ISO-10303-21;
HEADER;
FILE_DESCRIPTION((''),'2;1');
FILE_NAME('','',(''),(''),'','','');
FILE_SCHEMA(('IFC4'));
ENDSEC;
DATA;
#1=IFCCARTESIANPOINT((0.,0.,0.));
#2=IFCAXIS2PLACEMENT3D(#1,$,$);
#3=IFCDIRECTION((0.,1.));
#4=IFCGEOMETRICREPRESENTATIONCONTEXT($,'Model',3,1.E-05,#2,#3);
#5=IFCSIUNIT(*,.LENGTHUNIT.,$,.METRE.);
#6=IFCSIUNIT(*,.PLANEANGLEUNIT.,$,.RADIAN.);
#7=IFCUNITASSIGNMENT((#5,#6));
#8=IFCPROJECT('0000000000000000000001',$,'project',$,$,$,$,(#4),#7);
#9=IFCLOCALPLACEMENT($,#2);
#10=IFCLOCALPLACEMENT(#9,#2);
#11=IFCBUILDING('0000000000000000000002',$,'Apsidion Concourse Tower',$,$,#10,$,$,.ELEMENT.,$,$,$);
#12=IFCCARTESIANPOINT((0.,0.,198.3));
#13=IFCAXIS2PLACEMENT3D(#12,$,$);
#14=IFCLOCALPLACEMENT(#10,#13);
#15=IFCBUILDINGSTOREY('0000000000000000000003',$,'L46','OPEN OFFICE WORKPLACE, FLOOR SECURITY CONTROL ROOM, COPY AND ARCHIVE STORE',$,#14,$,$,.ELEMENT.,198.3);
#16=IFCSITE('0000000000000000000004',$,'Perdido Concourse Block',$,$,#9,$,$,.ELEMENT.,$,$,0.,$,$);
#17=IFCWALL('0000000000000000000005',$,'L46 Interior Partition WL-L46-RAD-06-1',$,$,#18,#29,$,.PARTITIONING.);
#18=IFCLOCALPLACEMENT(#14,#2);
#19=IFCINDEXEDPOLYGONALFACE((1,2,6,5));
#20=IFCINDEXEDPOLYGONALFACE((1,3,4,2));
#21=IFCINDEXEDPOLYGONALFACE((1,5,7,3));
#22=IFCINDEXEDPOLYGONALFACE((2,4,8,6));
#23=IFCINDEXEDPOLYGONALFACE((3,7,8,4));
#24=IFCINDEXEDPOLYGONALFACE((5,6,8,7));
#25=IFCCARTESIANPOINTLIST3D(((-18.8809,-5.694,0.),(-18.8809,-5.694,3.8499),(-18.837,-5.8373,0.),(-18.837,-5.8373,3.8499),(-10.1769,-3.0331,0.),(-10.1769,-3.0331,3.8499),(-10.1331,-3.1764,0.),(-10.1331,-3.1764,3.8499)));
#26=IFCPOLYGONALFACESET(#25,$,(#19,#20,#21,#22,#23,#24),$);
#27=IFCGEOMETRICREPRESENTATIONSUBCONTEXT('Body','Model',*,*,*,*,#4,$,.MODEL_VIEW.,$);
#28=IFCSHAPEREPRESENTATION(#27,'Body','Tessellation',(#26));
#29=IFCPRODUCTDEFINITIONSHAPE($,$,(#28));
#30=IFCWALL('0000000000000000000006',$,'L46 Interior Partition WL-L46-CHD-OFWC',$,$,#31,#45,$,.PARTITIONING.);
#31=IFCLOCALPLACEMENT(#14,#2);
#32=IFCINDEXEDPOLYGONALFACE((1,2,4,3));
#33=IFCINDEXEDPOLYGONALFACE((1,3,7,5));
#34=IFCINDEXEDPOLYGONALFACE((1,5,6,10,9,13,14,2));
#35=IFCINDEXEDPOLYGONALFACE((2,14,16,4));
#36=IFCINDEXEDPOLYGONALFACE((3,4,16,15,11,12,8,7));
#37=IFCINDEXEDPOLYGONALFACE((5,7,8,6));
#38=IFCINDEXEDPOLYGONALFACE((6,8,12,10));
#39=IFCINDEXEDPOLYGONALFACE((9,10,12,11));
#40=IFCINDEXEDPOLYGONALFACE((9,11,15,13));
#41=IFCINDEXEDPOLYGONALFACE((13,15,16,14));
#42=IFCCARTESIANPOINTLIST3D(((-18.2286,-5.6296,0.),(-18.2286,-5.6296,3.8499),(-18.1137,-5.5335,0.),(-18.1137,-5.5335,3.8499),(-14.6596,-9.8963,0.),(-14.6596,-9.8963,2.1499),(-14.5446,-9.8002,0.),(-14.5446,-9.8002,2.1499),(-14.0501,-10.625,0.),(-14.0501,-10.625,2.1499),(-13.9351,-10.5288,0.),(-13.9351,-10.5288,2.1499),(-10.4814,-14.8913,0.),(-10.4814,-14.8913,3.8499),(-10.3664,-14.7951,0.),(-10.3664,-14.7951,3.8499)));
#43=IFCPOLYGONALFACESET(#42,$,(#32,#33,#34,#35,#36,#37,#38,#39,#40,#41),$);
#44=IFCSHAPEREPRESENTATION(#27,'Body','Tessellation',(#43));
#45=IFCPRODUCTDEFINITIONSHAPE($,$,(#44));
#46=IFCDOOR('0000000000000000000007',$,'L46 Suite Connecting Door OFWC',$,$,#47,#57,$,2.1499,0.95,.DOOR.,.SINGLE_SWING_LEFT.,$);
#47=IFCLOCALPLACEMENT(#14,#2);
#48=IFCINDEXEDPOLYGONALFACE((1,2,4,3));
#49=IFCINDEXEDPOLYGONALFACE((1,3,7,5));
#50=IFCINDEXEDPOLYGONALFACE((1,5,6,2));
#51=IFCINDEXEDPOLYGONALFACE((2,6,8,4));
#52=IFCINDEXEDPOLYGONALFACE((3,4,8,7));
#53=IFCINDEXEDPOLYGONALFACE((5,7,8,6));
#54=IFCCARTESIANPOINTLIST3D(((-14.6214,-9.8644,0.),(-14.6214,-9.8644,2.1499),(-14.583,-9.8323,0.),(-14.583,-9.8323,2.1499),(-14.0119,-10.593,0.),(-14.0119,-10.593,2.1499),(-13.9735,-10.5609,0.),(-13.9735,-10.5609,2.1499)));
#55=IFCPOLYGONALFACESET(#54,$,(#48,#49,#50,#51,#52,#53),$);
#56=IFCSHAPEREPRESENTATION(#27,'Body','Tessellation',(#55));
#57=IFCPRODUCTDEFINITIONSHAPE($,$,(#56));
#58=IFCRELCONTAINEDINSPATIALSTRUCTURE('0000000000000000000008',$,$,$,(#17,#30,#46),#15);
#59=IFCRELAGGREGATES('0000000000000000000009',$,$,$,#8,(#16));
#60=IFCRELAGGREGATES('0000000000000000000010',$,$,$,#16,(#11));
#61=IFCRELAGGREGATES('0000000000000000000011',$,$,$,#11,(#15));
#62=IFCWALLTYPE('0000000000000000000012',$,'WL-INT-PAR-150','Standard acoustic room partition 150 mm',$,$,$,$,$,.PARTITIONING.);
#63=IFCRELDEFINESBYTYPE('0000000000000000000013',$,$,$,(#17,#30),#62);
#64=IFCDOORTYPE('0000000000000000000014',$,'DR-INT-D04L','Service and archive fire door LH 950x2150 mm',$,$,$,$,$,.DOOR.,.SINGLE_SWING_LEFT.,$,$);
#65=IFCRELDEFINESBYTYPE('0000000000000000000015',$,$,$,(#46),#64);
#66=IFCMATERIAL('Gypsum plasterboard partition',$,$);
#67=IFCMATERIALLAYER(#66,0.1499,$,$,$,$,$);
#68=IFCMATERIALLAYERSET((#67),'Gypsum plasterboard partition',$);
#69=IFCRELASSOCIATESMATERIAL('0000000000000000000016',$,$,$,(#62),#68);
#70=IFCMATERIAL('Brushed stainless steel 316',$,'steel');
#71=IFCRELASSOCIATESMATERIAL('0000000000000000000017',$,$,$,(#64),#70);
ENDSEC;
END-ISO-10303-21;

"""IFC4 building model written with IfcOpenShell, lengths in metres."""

from ifc_helpers import new_model, si_unit, direction, frame, frame_2d, origin, place, context, subcontext, project, spatial, rectangle, extrude, material, layer, layer_set, type_object, element, fill, save


model = new_model("IFC4")

# Units and contexts
model_context = context("Model", 3, precision=1e-05, world=origin(), true_north=direction((0.0, 1.0)))
body_context = subcontext(model_context, "Body", "Model", "MODEL_VIEW")
ifc_project = project(units=[si_unit("LENGTHUNIT", "METRE"), si_unit("PLANEANGLEUNIT", "RADIAN")], contexts=[model_context])

# Site, building, storey
site_placement = place(None, origin())
site = spatial("IfcSite", under=ifc_project, at=site_placement, Name="Perdido Concourse Block", CompositionType="ELEMENT", RefElevation=0.0)
building_placement = place(site_placement, origin())
building = spatial("IfcBuilding", under=site, at=building_placement, Name="Apsidion Concourse Tower", CompositionType="ELEMENT")
storey_placement = place(building_placement, frame((0.0, 0.0, 198.3)))
storey = spatial("IfcBuildingStorey", under=building, at=storey_placement, Name="L46", Description="OPEN OFFICE WORKPLACE, FLOOR SECURITY CONTROL ROOM, COPY AND ARCHIVE STORE", CompositionType="ELEMENT", Elevation=198.3)

# Shared definitions
ifc_material_1 = material(Name="Gypsum plasterboard partition")
ifc_layer = layer(ifc_material_1, 0.1499)
ifc_layer_set = layer_set([ifc_layer], Name="Gypsum plasterboard partition")
wall_type = type_object("IfcWallType", Name="WL-INT-PAR-150", Description="Standard acoustic room partition 150 mm", PredefinedType="PARTITIONING", material=ifc_layer_set)

# Shared definitions
ifc_material_2 = material(Name="Brushed stainless steel 316", Category="steel")

# Wall
wall_1_placement = place(storey_placement, frame((-10.155, -3.1047, 0.0), z_axis=(0.0, 0.0, 1.0), x_axis=(-0.956309, -0.292357, 0.0)))
element("IfcWall", 1, at=wall_1_placement, inside=storey, type_object=wall_type, Name="L46 Interior Partition WL-L46-RAD-06-1", PredefinedType="PARTITIONING", context=body_context, shape_type="SweptSolid", body=[
    extrude(rectangle(XDim=9.1016, YDim=0.1499, at=frame_2d((4.5508, 0.0))), origin(), (0.0, 0.0, 1.0), 3.8499),
])

# Wall, opening, door
wall_2_placement = place(storey_placement, frame((-18.1711, -5.5815, 0.0), z_axis=(0.0, 0.0, 1.0), x_axis=(0.641611, -0.76703, 0.0)))
wall_2 = element("IfcWall", 2, at=wall_2_placement, inside=storey, type_object=wall_type, Name="L46 Interior Partition WL-L46-CHD-OFWC", PredefinedType="PARTITIONING", context=body_context, shape_type="SweptSolid", body=[
    extrude(rectangle(XDim=12.0747, YDim=0.1499, at=frame_2d((6.0374, 0.0))), origin(), (0.0, 0.0, 1.0), 3.8499),
])
opening_1_placement = place(wall_2_placement, frame((5.5625, 0.0, 0.0)))
opening_1 = element("IfcOpeningElement", 3, at=opening_1_placement, cuts=wall_2, PredefinedType="OPENING", context=body_context, shape_type="SweptSolid", body=[
    extrude(rectangle(XDim=0.95, YDim=2.1499, at=frame_2d((0.4751, 1.075))), frame((0.0, 0.085, 0.0), z_axis=(0.0, -1.0, 0.0), x_axis=(1.0, 0.0, 0.0)), (0.0, 0.0, 1.0), 0.1699),
])
door_type_1 = type_object("IfcDoorType", Name="DR-INT-D04L", Description="Service and archive fire door LH 950x2150 mm", OperationType="SINGLE_SWING_LEFT", PredefinedType="DOOR", material=ifc_material_2)
door_1_placement = place(opening_1_placement, origin())
door_1 = element("IfcDoor", 4, at=door_1_placement, inside=storey, type_object=door_type_1, Name="L46 Suite Connecting Door OFWC", OperationType="SINGLE_SWING_LEFT", OverallHeight=2.1499, OverallWidth=0.95, PredefinedType="DOOR", context=body_context, shape_type="SweptSolid", body=[
    extrude(rectangle(XDim=0.95, YDim=2.1499, at=frame_2d((0.4751, 1.075))), frame((0.0, 0.0249, 0.0), z_axis=(0.0, -1.0, 0.0), x_axis=(1.0, 0.0, 0.0)), (0.0, 0.0, 1.0), 0.05),
])
fill(opening_1, door_1)

save(model, "model.ifc")
